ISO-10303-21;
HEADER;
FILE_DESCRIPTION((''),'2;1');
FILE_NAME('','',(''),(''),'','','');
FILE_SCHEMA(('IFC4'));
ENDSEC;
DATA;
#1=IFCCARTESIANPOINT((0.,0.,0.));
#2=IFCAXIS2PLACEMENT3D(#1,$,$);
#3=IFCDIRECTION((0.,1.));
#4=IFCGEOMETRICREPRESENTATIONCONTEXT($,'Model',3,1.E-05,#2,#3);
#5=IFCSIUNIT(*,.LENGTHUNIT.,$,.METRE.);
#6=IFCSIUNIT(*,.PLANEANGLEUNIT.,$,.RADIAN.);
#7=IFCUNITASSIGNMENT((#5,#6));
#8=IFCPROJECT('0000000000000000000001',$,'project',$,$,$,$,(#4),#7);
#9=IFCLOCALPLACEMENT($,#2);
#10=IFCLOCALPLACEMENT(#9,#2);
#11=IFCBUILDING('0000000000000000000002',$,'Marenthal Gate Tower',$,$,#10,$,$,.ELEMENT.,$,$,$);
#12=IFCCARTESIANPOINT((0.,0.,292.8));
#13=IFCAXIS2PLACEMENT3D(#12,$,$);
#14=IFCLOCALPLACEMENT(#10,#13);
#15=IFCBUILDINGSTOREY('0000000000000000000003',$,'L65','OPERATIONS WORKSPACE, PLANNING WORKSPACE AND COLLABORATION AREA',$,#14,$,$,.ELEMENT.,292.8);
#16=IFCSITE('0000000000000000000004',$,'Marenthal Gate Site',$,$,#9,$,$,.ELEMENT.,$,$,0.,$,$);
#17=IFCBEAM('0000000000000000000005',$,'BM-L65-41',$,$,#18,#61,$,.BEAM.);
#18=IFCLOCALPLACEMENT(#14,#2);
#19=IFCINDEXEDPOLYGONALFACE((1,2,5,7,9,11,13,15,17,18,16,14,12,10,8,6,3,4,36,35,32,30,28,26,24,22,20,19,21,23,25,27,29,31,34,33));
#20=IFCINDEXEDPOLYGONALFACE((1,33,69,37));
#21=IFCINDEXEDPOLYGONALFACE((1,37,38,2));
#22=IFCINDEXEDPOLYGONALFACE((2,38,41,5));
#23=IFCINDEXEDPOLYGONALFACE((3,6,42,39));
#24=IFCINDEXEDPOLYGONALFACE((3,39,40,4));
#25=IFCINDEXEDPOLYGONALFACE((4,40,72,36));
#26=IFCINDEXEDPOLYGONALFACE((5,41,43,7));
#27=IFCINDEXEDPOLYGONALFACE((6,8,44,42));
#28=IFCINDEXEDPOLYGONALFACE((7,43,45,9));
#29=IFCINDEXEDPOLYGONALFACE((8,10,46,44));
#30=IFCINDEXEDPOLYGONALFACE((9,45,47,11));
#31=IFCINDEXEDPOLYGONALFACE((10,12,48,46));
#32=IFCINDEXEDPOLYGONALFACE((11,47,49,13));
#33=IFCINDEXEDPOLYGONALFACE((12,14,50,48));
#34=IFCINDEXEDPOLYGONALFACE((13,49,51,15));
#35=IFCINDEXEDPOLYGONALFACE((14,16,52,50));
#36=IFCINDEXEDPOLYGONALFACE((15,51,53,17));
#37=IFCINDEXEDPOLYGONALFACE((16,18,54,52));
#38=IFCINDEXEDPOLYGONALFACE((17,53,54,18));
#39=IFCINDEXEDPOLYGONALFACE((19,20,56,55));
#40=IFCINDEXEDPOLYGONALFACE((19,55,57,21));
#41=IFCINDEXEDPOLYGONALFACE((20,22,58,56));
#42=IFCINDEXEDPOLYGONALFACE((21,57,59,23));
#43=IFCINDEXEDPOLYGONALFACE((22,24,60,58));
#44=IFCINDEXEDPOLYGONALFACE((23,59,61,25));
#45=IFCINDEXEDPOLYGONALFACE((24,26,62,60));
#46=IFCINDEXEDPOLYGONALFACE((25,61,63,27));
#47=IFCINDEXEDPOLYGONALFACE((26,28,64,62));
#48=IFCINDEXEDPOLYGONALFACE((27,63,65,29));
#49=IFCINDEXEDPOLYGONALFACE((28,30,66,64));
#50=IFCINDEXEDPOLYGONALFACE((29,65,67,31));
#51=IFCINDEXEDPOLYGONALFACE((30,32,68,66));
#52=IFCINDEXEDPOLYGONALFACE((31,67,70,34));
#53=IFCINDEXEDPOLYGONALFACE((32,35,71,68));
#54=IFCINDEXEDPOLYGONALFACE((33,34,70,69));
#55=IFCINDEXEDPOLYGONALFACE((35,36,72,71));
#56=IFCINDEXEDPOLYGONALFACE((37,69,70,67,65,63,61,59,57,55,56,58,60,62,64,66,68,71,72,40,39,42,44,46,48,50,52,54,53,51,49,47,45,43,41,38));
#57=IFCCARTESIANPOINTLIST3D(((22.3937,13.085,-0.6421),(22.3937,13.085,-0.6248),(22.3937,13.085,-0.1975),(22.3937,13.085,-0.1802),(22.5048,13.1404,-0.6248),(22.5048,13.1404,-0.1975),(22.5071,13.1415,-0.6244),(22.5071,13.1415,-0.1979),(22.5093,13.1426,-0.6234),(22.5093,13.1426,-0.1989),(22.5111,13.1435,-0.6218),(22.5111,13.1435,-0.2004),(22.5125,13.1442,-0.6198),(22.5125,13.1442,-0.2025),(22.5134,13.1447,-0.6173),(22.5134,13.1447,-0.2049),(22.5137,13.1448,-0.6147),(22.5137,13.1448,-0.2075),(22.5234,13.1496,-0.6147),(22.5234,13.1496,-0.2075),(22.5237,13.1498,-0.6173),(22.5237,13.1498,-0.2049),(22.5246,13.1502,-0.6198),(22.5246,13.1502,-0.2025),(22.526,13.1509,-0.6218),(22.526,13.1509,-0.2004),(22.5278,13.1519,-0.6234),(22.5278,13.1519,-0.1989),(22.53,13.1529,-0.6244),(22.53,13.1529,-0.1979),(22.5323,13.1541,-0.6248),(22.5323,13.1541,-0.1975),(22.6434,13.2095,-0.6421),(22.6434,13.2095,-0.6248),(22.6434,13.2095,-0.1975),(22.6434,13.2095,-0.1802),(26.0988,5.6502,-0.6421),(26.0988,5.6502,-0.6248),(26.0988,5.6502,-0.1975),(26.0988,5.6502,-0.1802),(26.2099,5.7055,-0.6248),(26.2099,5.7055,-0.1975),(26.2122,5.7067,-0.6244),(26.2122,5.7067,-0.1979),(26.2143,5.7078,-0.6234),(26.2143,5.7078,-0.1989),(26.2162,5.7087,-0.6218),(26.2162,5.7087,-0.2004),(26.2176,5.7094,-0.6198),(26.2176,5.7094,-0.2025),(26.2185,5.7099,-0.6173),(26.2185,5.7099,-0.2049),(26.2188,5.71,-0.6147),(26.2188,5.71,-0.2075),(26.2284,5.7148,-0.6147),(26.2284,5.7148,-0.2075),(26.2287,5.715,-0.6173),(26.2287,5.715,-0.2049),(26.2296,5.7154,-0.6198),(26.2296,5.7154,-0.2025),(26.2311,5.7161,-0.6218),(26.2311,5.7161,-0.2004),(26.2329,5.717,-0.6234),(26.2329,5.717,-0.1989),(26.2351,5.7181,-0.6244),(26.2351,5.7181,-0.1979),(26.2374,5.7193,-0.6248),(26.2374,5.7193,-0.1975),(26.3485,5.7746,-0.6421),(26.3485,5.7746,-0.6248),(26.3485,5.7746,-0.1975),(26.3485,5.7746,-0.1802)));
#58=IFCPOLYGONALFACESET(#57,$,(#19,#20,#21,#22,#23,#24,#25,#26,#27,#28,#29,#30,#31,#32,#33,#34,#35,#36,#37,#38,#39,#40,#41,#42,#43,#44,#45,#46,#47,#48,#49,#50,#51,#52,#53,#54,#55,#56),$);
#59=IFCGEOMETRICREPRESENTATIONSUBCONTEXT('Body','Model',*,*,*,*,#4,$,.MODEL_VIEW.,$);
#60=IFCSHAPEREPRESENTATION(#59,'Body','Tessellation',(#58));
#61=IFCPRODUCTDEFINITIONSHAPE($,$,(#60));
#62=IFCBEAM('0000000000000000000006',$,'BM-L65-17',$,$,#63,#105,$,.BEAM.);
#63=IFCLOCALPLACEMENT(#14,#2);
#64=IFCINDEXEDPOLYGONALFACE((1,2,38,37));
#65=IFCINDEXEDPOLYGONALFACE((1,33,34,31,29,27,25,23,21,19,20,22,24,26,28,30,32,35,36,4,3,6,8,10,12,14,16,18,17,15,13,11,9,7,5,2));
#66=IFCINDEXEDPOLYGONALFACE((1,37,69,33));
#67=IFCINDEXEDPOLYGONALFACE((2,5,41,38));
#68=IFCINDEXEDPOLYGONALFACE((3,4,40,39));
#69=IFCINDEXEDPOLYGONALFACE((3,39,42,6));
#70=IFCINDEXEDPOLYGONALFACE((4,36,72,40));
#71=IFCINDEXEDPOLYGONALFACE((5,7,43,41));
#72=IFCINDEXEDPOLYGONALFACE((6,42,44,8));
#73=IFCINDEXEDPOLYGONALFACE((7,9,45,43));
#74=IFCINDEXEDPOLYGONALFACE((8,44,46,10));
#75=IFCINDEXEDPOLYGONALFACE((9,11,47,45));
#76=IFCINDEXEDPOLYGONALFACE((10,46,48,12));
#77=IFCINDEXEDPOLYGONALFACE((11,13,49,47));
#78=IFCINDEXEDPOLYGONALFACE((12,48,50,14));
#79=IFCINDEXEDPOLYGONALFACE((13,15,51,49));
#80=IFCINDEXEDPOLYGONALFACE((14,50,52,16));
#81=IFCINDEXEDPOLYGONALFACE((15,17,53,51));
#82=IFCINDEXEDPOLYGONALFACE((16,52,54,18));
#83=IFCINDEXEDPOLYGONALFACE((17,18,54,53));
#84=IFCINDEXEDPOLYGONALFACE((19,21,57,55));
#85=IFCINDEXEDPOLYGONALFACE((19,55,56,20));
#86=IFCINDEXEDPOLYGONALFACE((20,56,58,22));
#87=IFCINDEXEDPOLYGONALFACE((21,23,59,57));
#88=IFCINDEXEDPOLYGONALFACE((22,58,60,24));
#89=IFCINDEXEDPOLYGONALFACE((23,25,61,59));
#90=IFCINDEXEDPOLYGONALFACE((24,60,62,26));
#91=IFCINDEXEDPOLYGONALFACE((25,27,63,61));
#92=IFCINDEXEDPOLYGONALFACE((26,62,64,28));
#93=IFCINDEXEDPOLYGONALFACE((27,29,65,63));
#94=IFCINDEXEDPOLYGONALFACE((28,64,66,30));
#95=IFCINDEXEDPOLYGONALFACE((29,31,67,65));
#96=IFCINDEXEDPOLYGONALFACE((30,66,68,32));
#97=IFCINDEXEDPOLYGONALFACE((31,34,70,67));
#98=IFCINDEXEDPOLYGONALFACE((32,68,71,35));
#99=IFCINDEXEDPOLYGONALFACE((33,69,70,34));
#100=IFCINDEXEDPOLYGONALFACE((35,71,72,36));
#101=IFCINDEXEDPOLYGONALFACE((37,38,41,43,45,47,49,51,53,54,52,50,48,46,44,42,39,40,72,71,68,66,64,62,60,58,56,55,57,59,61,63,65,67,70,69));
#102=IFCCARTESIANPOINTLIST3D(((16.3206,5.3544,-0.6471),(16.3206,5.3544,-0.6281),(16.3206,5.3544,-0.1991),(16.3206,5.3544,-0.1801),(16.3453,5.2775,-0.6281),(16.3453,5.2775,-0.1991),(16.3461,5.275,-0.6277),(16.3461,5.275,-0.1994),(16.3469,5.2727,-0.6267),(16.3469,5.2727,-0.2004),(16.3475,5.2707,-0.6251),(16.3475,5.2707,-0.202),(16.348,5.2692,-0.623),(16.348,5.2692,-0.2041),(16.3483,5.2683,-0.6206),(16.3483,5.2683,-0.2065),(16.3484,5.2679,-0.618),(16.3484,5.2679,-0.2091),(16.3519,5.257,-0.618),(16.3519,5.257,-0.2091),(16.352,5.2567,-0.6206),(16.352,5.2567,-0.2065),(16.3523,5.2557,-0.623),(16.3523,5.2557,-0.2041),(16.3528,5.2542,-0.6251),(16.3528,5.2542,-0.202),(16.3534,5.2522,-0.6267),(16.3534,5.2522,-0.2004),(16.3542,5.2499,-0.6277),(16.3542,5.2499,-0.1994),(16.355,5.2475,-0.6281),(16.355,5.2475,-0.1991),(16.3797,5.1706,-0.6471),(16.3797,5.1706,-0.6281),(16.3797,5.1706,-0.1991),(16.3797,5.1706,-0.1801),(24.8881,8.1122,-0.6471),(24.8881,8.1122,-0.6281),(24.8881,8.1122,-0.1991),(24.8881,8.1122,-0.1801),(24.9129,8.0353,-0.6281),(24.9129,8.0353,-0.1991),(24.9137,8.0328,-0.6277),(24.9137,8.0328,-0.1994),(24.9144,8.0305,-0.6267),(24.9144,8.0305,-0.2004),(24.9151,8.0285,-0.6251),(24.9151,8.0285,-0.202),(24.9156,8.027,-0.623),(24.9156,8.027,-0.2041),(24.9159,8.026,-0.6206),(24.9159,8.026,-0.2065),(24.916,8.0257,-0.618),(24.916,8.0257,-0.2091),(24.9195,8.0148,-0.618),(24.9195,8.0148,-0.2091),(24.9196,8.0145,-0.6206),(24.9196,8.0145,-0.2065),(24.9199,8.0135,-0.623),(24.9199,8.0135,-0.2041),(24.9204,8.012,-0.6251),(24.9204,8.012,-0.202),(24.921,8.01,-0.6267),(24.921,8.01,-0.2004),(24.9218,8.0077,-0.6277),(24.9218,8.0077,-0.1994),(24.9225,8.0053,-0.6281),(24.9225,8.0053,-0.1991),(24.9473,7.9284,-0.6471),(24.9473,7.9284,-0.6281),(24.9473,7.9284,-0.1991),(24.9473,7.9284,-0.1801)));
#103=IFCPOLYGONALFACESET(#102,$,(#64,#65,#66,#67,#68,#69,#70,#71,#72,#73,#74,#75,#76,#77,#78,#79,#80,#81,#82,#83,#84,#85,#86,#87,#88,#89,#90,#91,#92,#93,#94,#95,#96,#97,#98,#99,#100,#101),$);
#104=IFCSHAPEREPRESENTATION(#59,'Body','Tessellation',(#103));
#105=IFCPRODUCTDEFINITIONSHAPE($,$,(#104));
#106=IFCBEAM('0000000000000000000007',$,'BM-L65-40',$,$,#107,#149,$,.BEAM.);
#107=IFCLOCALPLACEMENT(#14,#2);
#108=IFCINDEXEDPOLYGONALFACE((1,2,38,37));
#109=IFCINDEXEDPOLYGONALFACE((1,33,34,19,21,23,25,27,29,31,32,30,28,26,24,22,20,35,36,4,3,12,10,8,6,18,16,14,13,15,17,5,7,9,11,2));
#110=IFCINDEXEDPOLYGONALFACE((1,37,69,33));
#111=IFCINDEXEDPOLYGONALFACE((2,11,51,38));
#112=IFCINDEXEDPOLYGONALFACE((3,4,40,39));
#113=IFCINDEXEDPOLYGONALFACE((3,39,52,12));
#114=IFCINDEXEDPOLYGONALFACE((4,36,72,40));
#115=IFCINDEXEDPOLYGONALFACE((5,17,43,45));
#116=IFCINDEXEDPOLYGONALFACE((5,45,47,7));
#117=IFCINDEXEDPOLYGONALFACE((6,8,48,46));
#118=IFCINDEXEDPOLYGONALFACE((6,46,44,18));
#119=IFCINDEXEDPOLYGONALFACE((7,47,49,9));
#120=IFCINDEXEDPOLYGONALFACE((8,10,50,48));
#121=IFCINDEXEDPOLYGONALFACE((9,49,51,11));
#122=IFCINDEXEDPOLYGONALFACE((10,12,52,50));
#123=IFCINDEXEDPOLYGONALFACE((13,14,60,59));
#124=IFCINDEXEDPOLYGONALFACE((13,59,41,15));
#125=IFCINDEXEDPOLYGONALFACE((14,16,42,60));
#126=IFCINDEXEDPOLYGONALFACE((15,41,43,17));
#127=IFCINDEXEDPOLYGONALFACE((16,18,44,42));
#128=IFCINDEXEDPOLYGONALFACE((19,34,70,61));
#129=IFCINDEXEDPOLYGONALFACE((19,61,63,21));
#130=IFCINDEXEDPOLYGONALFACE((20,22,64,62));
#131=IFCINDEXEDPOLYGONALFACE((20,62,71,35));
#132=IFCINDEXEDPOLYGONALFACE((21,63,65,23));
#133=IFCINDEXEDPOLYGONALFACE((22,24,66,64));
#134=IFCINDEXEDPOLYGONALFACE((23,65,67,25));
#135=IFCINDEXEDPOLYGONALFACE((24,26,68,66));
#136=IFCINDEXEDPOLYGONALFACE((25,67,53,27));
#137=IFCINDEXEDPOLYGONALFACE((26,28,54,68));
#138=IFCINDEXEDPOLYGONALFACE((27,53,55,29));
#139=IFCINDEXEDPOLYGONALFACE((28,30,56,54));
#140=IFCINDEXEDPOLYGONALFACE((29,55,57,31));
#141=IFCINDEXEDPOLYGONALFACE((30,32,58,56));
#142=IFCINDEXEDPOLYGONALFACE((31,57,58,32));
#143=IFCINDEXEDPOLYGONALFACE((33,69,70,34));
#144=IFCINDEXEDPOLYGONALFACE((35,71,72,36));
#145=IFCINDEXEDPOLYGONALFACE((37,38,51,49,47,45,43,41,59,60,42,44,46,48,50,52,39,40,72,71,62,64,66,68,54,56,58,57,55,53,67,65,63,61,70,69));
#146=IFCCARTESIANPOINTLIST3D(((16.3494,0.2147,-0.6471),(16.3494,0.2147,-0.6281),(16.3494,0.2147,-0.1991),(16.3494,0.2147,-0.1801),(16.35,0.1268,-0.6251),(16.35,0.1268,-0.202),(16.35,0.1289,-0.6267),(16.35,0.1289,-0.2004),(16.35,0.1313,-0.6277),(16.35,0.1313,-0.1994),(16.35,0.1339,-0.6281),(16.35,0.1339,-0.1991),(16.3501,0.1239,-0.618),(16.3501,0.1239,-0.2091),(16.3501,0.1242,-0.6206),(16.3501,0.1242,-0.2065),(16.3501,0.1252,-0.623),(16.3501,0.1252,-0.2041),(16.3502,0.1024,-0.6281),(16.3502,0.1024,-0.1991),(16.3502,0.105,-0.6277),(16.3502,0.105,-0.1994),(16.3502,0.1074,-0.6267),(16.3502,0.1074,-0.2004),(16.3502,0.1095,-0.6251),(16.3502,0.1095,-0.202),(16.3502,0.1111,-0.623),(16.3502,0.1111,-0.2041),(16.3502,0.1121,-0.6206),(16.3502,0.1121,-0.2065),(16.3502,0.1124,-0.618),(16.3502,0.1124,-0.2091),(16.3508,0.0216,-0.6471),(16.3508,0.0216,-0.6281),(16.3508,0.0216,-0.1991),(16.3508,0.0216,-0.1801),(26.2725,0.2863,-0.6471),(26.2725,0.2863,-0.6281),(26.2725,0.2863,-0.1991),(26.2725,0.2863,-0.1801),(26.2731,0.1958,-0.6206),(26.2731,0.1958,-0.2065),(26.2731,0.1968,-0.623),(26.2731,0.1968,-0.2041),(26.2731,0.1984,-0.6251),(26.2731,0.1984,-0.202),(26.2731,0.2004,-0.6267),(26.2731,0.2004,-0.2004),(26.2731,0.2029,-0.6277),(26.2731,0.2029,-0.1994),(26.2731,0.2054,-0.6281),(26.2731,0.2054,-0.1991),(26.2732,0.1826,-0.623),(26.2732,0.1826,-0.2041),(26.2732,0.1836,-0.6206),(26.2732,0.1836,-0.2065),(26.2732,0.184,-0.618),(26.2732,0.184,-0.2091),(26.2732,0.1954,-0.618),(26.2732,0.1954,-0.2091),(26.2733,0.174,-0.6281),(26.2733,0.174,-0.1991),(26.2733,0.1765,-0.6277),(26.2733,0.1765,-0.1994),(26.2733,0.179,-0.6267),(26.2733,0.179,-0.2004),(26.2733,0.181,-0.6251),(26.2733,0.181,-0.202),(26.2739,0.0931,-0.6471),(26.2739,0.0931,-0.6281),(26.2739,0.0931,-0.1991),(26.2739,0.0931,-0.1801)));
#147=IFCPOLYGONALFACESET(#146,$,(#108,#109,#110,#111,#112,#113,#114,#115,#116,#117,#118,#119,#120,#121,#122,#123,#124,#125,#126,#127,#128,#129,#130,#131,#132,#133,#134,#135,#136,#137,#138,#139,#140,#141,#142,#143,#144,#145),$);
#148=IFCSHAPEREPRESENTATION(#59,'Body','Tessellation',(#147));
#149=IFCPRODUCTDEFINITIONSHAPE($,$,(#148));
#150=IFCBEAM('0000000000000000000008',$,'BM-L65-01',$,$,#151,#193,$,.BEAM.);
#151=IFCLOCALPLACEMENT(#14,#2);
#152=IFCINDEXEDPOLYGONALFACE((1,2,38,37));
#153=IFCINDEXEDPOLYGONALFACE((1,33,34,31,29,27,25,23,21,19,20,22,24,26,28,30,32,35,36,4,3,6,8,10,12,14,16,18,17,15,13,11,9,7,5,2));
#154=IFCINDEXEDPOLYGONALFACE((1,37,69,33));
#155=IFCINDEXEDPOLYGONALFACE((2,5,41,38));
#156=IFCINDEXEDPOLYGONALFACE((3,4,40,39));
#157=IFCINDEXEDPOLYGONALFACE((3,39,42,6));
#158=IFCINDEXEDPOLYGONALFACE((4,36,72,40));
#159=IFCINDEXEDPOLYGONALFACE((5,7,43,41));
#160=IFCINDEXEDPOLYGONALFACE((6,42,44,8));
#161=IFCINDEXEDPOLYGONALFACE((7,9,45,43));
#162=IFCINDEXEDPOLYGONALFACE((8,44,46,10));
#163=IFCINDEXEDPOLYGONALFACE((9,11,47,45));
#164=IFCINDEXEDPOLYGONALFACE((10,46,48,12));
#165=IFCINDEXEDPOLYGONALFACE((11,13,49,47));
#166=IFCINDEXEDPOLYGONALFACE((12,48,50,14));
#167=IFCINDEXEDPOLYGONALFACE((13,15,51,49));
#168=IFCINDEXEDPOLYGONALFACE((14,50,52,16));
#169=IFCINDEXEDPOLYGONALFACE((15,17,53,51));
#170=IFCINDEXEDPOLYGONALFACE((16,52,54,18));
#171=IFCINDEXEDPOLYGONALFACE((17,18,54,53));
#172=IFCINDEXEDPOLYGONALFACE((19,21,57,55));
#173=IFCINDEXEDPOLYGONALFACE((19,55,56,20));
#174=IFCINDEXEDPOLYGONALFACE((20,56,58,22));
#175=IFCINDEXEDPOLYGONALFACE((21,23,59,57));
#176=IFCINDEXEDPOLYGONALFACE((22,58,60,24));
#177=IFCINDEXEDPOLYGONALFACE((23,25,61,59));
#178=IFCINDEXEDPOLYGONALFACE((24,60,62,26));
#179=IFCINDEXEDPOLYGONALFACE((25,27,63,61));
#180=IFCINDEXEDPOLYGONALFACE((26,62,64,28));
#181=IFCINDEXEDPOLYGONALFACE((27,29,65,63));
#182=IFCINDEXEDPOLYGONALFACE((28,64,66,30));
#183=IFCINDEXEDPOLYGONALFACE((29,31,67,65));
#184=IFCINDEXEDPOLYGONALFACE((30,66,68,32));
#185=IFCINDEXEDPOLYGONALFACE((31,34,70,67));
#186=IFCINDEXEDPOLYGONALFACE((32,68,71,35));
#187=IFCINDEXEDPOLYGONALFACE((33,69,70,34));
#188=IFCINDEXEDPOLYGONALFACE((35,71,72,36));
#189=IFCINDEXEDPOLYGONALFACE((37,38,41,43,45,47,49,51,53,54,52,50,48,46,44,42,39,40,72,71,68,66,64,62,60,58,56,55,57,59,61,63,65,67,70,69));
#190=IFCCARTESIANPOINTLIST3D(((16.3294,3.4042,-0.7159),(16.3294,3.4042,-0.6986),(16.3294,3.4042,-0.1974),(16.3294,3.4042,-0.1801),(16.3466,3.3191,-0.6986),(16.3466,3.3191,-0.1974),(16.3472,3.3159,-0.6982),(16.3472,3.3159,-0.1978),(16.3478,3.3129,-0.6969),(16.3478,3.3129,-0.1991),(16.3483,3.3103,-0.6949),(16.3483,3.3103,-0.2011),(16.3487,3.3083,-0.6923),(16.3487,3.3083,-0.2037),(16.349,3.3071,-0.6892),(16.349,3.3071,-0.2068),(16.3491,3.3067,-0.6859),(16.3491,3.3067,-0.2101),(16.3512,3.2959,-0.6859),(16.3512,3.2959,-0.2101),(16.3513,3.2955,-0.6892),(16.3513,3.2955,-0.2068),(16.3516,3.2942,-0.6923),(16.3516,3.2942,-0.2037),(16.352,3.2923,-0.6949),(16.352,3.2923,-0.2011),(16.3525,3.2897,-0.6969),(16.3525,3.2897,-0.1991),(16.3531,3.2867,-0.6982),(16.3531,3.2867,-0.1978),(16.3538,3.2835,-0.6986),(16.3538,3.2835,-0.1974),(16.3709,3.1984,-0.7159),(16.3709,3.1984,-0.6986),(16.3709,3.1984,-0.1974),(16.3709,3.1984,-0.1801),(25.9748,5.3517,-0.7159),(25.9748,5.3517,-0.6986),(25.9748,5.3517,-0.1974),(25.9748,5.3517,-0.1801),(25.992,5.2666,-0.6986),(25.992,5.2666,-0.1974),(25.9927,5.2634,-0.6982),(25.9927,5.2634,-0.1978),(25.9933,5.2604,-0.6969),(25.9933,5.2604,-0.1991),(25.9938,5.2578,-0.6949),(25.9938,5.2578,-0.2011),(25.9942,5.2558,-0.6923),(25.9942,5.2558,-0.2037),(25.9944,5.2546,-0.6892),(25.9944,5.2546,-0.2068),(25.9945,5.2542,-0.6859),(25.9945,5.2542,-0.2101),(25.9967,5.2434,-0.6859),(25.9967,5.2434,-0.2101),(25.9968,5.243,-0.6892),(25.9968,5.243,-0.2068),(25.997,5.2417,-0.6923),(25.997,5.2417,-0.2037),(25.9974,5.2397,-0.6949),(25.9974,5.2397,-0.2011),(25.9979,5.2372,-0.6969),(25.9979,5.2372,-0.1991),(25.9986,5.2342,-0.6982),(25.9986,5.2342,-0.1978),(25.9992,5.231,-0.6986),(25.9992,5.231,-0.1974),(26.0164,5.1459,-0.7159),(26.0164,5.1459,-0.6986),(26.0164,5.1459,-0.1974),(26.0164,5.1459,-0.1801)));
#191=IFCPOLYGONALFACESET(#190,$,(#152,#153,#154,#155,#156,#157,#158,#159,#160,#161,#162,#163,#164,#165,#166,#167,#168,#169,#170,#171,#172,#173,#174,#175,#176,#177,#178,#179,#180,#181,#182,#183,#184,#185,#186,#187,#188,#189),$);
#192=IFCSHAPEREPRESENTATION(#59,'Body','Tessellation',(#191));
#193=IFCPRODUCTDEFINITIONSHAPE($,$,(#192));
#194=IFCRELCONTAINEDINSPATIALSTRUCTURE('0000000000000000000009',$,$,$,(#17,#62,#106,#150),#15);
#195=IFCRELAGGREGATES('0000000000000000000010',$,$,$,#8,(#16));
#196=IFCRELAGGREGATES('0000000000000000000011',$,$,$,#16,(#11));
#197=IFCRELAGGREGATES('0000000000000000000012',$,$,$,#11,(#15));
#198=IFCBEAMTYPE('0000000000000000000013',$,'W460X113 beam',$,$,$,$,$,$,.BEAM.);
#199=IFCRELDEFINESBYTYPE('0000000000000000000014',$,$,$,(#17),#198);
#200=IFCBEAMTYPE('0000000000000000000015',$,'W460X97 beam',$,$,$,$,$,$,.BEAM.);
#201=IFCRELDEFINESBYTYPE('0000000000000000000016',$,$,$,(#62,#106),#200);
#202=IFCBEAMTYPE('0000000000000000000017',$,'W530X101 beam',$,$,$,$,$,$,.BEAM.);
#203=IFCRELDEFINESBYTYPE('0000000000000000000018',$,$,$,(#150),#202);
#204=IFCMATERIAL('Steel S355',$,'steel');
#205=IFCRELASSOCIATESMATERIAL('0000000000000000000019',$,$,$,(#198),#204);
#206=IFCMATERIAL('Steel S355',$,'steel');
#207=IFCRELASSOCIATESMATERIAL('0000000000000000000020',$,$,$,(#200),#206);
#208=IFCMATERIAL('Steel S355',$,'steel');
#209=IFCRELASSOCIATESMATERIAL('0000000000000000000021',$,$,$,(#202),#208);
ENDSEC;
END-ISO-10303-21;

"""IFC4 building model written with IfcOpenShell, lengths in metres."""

from ifc_helpers import new_model, si_unit, direction, frame, origin, origin_2d, place, context, subcontext, project, spatial, i_section, extrude, material, material_profile, profile_set, type_object, element, save


model = new_model("IFC4")

# Units and contexts
model_context = context("Model", 3, precision=1e-05, world=origin(), true_north=direction((0.0, 1.0)))
body_context = subcontext(model_context, "Body", "Model", "MODEL_VIEW")
ifc_project = project(units=[si_unit("LENGTHUNIT", "METRE"), si_unit("PLANEANGLEUNIT", "RADIAN")], contexts=[model_context])

# Site, building, storey
site_placement = place(None, origin())
site = spatial("IfcSite", under=ifc_project, at=site_placement, Name="Marenthal Gate Site", CompositionType="ELEMENT", RefElevation=0.0)
building_placement = place(site_placement, origin())
building = spatial("IfcBuilding", under=site, at=building_placement, Name="Marenthal Gate Tower", CompositionType="ELEMENT")
storey_placement = place(building_placement, frame((0.0, 0.0, 292.8)))
storey = spatial("IfcBuildingStorey", under=building, at=storey_placement, Name="L65", Description="OPERATIONS WORKSPACE, PLANNING WORKSPACE AND COLLABORATION AREA", CompositionType="ELEMENT", Elevation=292.8)

# Beams
ifc_material_1 = material(Name="Steel S355", Category="steel")
ifc_material_profile_1 = material_profile(ifc_material_1, i_section(OverallWidth=0.2791, OverallDepth=0.4619, WebThickness=0.0107, FlangeThickness=0.0173, FilletRadius=0.01, at=origin_2d()), Name="W460X113")
ifc_profile_set_1 = profile_set([ifc_material_profile_1], Name="Steel S355")
beam_type_1 = type_object("IfcBeamType", Name="W460X113 beam", PredefinedType="BEAM", material=ifc_profile_set_1)
beam_1_placement = place(storey_placement, frame((26.2236, 5.7124, -0.4111), z_axis=(-0.446026, 0.89502, 0.0), x_axis=(-0.89502, -0.446026, 0.0)))
element("IfcBeam", 1, at=beam_1_placement, inside=storey, type_object=beam_type_1, Name="BM-L65-41", PredefinedType="BEAM", context=body_context, shape_type="SweptSolid", body=[
    extrude(i_section(OverallWidth=0.2791, OverallDepth=0.4619, WebThickness=0.0107, FlangeThickness=0.0173, FilletRadius=0.01, at=origin_2d()), origin(), (0.0, 0.0, 1.0), 8.3069),
])
ifc_material_2 = material(Name="Steel S355", Category="steel")
ifc_material_profile_2 = material_profile(ifc_material_2, i_section(OverallWidth=0.1931, OverallDepth=0.467, WebThickness=0.0115, FlangeThickness=0.019, FilletRadius=0.01, at=origin_2d()), Name="W460X97")
ifc_profile_set_2 = profile_set([ifc_material_profile_2], Name="Steel S355")
beam_type_2 = type_object("IfcBeamType", Name="W460X97 beam", PredefinedType="BEAM", material=ifc_profile_set_2)
beam_2_placement = place(storey_placement, frame((24.9177, 8.0203, -0.4136), z_axis=(-0.951901, -0.306405, 0.0), x_axis=(0.306405, -0.951901, 0.0)))
element("IfcBeam", 2, at=beam_2_placement, inside=storey, type_object=beam_type_2, Name="BM-L65-17", PredefinedType="BEAM", context=body_context, shape_type="SweptSolid", body=[
    extrude(i_section(OverallWidth=0.1931, OverallDepth=0.467, WebThickness=0.0115, FlangeThickness=0.019, FilletRadius=0.01, at=origin_2d()), origin(), (0.0, 0.0, 1.0), 9.0005),
])
beam_3_placement = place(storey_placement, frame((26.2732, 0.1897, -0.4136), z_axis=(-0.999974, -0.007209, 0.0), x_axis=(0.007209, -0.999974, 0.0)))
element("IfcBeam", 3, at=beam_3_placement, inside=storey, type_object=beam_type_2, Name="BM-L65-40", PredefinedType="BEAM", context=body_context, shape_type="SweptSolid", body=[
    extrude(i_section(OverallWidth=0.1931, OverallDepth=0.467, WebThickness=0.0115, FlangeThickness=0.019, FilletRadius=0.01, at=origin_2d()), origin(), (0.0, 0.0, 1.0), 9.9233),
])
ifc_material_3 = material(Name="Steel S355", Category="steel")
ifc_material_profile_3 = material_profile(ifc_material_3, i_section(OverallWidth=0.21, OverallDepth=0.5359, WebThickness=0.011, FlangeThickness=0.0173, FilletRadius=0.0127, at=origin_2d()), Name="W530X101")
ifc_profile_set_3 = profile_set([ifc_material_profile_3], Name="Steel S355")
beam_type_3 = type_object("IfcBeamType", Name="W530X101 beam", PredefinedType="BEAM", material=ifc_profile_set_3)
beam_4_placement = place(storey_placement, frame((25.9956, 5.2488, -0.448), z_axis=(-0.980219, -0.197915, 0.0), x_axis=(0.197915, -0.980219, 0.0)))
element("IfcBeam", 4, at=beam_4_placement, inside=storey, type_object=beam_type_3, Name="BM-L65-01", PredefinedType="BEAM", context=body_context, shape_type="SweptSolid", body=[
    extrude(i_section(OverallWidth=0.21, OverallDepth=0.5359, WebThickness=0.011, FlangeThickness=0.0173, FilletRadius=0.0127, at=origin_2d()), origin(), (0.0, 0.0, 1.0), 9.8401),
])

save(model, "model.ifc")
